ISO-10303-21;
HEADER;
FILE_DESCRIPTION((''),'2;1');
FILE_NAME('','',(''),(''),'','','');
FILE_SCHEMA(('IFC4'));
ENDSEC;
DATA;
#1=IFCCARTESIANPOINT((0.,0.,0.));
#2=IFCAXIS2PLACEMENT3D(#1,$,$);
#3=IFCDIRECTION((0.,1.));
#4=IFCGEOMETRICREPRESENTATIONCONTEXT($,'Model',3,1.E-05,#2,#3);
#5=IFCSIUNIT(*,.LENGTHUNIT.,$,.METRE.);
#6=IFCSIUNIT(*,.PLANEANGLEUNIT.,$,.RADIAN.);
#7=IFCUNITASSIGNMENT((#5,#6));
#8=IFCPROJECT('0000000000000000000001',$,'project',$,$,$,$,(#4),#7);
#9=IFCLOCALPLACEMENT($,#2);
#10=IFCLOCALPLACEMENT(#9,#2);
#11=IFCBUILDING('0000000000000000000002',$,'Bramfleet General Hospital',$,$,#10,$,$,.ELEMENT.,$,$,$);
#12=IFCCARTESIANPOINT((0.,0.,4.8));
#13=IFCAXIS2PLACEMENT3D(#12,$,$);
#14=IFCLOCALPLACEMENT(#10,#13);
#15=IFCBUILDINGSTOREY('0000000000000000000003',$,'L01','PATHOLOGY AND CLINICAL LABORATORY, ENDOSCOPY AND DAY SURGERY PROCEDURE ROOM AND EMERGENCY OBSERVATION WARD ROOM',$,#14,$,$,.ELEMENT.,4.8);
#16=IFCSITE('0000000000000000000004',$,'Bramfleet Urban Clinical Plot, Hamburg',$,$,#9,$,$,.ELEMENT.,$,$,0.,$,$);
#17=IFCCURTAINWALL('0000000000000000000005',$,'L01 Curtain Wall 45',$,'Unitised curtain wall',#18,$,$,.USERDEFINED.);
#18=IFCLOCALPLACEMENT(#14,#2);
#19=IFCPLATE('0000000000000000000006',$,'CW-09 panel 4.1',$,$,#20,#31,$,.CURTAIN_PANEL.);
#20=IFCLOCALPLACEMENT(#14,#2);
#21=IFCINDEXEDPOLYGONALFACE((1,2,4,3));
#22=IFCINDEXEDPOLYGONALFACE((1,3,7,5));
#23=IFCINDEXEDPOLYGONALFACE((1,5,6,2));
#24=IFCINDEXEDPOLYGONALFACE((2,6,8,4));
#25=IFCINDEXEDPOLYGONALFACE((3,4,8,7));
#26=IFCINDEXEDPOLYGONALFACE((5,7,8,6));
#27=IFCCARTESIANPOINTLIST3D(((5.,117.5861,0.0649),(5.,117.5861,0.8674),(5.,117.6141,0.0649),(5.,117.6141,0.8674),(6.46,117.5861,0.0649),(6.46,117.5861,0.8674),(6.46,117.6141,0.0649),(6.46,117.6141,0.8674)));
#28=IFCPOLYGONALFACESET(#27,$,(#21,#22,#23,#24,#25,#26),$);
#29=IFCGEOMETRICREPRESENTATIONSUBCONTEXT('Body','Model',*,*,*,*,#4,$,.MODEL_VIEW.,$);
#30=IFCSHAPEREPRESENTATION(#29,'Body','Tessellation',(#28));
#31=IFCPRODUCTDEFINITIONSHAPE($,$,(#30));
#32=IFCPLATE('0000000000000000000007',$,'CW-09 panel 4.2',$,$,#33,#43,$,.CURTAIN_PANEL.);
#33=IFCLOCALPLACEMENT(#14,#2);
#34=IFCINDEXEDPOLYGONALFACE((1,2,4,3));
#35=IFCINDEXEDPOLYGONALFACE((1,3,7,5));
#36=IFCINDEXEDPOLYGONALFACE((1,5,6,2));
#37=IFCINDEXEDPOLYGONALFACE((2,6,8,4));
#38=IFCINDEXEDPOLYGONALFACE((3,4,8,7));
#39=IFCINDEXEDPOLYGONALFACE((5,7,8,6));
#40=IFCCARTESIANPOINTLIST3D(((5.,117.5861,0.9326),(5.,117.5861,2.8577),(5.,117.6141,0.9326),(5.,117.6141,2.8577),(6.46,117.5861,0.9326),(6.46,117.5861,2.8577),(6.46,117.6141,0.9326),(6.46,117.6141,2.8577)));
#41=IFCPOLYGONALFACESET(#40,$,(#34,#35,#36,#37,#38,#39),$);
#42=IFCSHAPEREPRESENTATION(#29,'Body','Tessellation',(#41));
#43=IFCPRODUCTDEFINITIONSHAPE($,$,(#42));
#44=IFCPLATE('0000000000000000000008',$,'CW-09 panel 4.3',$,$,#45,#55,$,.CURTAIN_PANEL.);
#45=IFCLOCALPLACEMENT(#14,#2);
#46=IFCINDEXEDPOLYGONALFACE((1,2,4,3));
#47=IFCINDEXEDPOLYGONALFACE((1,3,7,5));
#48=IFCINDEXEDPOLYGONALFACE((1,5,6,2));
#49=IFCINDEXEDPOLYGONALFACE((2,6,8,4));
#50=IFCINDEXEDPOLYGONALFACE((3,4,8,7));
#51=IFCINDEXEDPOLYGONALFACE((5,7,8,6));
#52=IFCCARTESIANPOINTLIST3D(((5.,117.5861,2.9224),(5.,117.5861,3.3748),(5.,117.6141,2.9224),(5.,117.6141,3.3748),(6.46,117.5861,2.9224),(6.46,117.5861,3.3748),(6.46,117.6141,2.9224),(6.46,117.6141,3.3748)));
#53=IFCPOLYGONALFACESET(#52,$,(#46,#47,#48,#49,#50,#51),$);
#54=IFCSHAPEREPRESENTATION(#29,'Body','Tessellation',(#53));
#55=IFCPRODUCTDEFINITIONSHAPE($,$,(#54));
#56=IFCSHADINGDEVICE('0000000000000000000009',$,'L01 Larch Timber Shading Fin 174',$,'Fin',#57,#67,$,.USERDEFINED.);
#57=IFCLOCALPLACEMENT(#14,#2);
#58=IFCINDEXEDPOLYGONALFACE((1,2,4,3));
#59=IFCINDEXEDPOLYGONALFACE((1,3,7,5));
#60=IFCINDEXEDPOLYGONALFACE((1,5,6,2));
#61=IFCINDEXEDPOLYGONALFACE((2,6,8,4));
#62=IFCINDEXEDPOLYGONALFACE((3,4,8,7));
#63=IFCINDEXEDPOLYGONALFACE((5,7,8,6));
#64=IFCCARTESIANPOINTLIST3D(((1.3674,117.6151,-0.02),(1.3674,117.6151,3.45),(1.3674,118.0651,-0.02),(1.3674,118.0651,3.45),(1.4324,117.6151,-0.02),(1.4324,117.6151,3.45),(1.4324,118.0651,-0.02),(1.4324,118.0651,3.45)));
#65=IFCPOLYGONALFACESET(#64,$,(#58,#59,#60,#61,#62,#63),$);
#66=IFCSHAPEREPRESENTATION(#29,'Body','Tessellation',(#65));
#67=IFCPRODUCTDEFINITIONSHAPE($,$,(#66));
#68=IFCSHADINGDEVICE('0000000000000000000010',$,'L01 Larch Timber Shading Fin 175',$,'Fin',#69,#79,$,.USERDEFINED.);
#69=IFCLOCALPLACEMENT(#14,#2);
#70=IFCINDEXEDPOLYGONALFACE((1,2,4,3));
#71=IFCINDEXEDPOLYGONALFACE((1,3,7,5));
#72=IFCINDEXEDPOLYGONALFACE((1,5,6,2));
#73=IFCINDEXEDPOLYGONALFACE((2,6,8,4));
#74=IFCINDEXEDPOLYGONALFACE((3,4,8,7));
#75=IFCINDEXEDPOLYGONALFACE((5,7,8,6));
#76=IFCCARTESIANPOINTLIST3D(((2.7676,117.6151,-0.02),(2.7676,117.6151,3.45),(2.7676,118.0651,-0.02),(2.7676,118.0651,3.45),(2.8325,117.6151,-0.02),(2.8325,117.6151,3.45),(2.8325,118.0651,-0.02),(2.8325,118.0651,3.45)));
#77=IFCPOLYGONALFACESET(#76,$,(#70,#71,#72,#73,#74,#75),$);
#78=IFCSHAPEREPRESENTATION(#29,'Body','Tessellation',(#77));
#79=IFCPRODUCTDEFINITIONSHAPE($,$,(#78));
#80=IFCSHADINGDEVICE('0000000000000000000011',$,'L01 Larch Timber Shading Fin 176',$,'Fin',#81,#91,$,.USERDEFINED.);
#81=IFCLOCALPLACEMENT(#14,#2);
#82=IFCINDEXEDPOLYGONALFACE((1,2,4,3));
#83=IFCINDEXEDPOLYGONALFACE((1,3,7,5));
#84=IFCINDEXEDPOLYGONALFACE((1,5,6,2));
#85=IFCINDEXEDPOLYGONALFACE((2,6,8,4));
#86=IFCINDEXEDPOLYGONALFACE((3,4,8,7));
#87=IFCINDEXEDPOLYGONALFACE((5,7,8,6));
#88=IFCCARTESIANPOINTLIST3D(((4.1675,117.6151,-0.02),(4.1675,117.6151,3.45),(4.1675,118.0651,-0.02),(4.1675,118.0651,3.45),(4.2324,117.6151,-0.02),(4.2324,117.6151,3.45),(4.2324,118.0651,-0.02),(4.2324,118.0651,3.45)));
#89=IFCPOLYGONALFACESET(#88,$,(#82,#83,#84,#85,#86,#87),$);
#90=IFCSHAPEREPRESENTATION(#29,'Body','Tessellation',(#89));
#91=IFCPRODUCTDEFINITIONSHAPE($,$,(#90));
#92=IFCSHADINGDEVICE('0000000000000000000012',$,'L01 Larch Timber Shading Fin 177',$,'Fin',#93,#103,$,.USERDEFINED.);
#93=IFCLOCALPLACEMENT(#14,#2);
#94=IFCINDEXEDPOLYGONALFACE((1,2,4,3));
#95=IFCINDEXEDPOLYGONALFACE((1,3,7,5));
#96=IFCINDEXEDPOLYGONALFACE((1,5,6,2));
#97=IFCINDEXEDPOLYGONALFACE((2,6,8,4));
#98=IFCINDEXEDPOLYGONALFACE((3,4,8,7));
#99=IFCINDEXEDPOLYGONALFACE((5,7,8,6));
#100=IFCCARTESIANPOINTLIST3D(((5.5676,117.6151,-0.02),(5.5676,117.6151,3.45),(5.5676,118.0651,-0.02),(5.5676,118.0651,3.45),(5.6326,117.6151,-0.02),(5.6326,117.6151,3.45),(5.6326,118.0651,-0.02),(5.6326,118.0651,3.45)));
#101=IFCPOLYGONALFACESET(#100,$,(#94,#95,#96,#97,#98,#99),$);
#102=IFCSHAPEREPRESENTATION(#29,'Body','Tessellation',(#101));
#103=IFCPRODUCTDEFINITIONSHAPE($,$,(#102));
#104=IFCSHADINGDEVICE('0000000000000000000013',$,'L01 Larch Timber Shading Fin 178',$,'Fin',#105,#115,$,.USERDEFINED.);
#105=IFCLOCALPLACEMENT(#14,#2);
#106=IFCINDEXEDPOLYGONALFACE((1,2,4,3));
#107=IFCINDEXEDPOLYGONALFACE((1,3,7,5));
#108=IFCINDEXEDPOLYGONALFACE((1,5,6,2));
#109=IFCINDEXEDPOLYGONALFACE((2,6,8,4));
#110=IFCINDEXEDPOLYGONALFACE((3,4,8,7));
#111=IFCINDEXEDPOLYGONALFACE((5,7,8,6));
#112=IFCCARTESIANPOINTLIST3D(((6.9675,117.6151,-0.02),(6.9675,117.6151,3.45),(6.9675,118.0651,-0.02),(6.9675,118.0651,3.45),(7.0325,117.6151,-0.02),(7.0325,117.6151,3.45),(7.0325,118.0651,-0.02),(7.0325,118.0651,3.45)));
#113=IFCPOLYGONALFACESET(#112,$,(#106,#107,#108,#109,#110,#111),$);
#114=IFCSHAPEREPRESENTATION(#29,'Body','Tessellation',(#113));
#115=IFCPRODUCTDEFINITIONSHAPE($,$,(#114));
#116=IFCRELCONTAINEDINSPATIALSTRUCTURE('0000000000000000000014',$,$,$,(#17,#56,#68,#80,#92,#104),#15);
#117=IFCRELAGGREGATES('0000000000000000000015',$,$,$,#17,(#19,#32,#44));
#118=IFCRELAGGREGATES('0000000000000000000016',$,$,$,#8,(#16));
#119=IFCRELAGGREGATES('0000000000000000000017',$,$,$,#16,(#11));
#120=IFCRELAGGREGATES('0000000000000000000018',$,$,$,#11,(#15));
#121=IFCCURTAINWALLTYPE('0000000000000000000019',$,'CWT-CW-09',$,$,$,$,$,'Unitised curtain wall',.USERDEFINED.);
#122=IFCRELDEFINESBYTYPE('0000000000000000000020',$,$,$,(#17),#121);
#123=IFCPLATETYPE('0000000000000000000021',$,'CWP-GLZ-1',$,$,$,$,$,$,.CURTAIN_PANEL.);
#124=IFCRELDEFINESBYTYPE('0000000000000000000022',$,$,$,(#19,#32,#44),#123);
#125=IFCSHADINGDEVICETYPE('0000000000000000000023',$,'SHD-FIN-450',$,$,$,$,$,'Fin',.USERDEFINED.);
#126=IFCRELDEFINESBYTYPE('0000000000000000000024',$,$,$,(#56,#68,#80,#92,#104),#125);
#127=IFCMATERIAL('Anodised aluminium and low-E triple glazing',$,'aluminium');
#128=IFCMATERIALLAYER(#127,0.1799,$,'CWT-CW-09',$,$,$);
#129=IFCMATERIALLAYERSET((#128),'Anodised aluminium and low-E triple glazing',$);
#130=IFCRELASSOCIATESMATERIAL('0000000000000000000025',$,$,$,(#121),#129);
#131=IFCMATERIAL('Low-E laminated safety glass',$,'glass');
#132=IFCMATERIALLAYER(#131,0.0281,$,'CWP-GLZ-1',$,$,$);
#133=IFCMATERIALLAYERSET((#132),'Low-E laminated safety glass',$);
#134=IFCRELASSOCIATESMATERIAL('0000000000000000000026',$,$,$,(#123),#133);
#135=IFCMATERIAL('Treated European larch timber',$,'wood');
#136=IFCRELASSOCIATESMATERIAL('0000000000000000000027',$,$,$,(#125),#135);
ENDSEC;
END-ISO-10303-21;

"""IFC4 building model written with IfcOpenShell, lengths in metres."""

from ifc_helpers import new_model, si_unit, direction, frame, origin, origin_2d, place, context, subcontext, project, spatial, rectangle, extrude, material, layer, layer_set, material_profile, profile_set, type_object, element, aggregate, save


model = new_model("IFC4")

# Units and contexts
model_context = context("Model", 3, precision=1e-05, world=origin(), true_north=direction((0.0, 1.0)))
body_context = subcontext(model_context, "Body", "Model", "MODEL_VIEW")
ifc_project = project(units=[si_unit("LENGTHUNIT", "METRE"), si_unit("PLANEANGLEUNIT", "RADIAN")], contexts=[model_context])

# Site, building, storey
site_placement = place(None, origin())
site = spatial("IfcSite", under=ifc_project, at=site_placement, Name="Bramfleet Urban Clinical Plot, Hamburg", CompositionType="ELEMENT", RefElevation=0.0)
building_placement = place(site_placement, origin())
building = spatial("IfcBuilding", under=site, at=building_placement, Name="Bramfleet General Hospital", CompositionType="ELEMENT")
storey_placement = place(building_placement, frame((0.0, 0.0, 4.8)))
storey = spatial("IfcBuildingStorey", under=building, at=storey_placement, Name="L01", Description="PATHOLOGY AND CLINICAL LABORATORY, ENDOSCOPY AND DAY SURGERY PROCEDURE ROOM AND EMERGENCY OBSERVATION WARD ROOM", CompositionType="ELEMENT", Elevation=4.8)

# Curtain wall, plates
ifc_material_1 = material(Name="Anodised aluminium and low-E triple glazing", Category="aluminium")
ifc_layer_1 = layer(ifc_material_1, 0.1799, Name="CWT-CW-09")
ifc_layer_set_1 = layer_set([ifc_layer_1], Name="Anodised aluminium and low-E triple glazing")
curtain_wall_type = type_object("IfcCurtainWallType", Name="CWT-CW-09", ElementType="Unitised curtain wall", PredefinedType="USERDEFINED", material=ifc_layer_set_1)
curtain_wall_placement = place(storey_placement, origin())
curtain_wall = element("IfcCurtainWall", 1, at=curtain_wall_placement, inside=storey, type_object=curtain_wall_type, Name="L01 Curtain Wall 45", ObjectType="Unitised curtain wall", PredefinedType="USERDEFINED")
ifc_material_2 = material(Name="Low-E laminated safety glass", Category="glass")
ifc_layer_2 = layer(ifc_material_2, 0.0281, Name="CWP-GLZ-1")
ifc_layer_set_2 = layer_set([ifc_layer_2], Name="Low-E laminated safety glass")
plate_type = type_object("IfcPlateType", Name="CWP-GLZ-1", PredefinedType="CURTAIN_PANEL", material=ifc_layer_set_2)
plate_1_placement = place(storey_placement, frame((5.73, 117.6001, 0.0649), z_axis=(0.0, 0.0, 1.0), x_axis=(1.0, 0.0, 0.0)))
plate_1 = element("IfcPlate", 2, at=plate_1_placement, type_object=plate_type, Name="CW-09 panel 4.1", PredefinedType="CURTAIN_PANEL", context=body_context, shape_type="SweptSolid", body=[
    extrude(rectangle(XDim=1.46, YDim=0.0281, at=origin_2d()), origin(), (0.0, 0.0, 1.0), 0.8025),
])
plate_2_placement = place(storey_placement, frame((5.73, 117.6001, 0.9326), z_axis=(0.0, 0.0, 1.0), x_axis=(1.0, 0.0, 0.0)))
plate_2 = element("IfcPlate", 3, at=plate_2_placement, type_object=plate_type, Name="CW-09 panel 4.2", PredefinedType="CURTAIN_PANEL", context=body_context, shape_type="SweptSolid", body=[
    extrude(rectangle(XDim=1.46, YDim=0.0281, at=origin_2d()), origin(), (0.0, 0.0, 1.0), 1.925),
])
plate_3_placement = place(storey_placement, frame((5.73, 117.6001, 2.9224), z_axis=(0.0, 0.0, 1.0), x_axis=(1.0, 0.0, 0.0)))
plate_3 = element("IfcPlate", 4, at=plate_3_placement, type_object=plate_type, Name="CW-09 panel 4.3", PredefinedType="CURTAIN_PANEL", context=body_context, shape_type="SweptSolid", body=[
    extrude(rectangle(XDim=1.46, YDim=0.0281, at=origin_2d()), origin(), (0.0, 0.0, 1.0), 0.4524),
])
aggregate(curtain_wall, [plate_1, plate_2, plate_3])

# Shading devices
ifc_material_3 = material(Name="Treated European larch timber", Category="wood")
ifc_material_profile_1 = material_profile(ifc_material_3, rectangle(XDim=0.0649, YDim=0.45, at=origin_2d()), Name="LARCH FIN 450x65")
ifc_profile_set_1 = profile_set([ifc_material_profile_1], Name="Treated European larch timber")
shading_device_type = type_object("IfcShadingDeviceType", Name="SHD-FIN-450", ElementType="Fin", PredefinedType="USERDEFINED", material=ifc_profile_set_1)
for number, where, z_axis, x_axis, name in (
    (5, (1.3999, 117.8401, -0.02), (0.0, 0.0, 1.0), (1.0, 0.0, 0.0), "L01 Larch Timber Shading Fin 174"),
    (6, (2.8, 117.8401, -0.02), (0.0, 0.0, 1.0), (1.0, 0.0, 0.0), "L01 Larch Timber Shading Fin 175"),
    (7, (4.2, 117.8401, -0.02), (0.0, 0.0, 1.0), (1.0, 0.0, 0.0), "L01 Larch Timber Shading Fin 176"),
    (8, (5.6001, 117.8401, -0.02), (0.0, 0.0, 1.0), (1.0, 0.0, 0.0), "L01 Larch Timber Shading Fin 177"),
    (9, (7.0, 117.8401, -0.02), (0.0, 0.0, 1.0), (1.0, 0.0, 0.0), "L01 Larch Timber Shading Fin 178"),
):
    element("IfcShadingDevice", number, at=place(storey_placement, frame(where, z_axis=z_axis, x_axis=x_axis)), inside=storey, type_object=shading_device_type, Name=name, ObjectType="Fin", PredefinedType="USERDEFINED", context=body_context, shape_type="SweptSolid", body=[
        extrude(rectangle(XDim=0.0649, YDim=0.45, at=origin_2d()), origin(), (0.0, 0.0, 1.0), 3.47),
    ])

save(model, "model.ifc")
